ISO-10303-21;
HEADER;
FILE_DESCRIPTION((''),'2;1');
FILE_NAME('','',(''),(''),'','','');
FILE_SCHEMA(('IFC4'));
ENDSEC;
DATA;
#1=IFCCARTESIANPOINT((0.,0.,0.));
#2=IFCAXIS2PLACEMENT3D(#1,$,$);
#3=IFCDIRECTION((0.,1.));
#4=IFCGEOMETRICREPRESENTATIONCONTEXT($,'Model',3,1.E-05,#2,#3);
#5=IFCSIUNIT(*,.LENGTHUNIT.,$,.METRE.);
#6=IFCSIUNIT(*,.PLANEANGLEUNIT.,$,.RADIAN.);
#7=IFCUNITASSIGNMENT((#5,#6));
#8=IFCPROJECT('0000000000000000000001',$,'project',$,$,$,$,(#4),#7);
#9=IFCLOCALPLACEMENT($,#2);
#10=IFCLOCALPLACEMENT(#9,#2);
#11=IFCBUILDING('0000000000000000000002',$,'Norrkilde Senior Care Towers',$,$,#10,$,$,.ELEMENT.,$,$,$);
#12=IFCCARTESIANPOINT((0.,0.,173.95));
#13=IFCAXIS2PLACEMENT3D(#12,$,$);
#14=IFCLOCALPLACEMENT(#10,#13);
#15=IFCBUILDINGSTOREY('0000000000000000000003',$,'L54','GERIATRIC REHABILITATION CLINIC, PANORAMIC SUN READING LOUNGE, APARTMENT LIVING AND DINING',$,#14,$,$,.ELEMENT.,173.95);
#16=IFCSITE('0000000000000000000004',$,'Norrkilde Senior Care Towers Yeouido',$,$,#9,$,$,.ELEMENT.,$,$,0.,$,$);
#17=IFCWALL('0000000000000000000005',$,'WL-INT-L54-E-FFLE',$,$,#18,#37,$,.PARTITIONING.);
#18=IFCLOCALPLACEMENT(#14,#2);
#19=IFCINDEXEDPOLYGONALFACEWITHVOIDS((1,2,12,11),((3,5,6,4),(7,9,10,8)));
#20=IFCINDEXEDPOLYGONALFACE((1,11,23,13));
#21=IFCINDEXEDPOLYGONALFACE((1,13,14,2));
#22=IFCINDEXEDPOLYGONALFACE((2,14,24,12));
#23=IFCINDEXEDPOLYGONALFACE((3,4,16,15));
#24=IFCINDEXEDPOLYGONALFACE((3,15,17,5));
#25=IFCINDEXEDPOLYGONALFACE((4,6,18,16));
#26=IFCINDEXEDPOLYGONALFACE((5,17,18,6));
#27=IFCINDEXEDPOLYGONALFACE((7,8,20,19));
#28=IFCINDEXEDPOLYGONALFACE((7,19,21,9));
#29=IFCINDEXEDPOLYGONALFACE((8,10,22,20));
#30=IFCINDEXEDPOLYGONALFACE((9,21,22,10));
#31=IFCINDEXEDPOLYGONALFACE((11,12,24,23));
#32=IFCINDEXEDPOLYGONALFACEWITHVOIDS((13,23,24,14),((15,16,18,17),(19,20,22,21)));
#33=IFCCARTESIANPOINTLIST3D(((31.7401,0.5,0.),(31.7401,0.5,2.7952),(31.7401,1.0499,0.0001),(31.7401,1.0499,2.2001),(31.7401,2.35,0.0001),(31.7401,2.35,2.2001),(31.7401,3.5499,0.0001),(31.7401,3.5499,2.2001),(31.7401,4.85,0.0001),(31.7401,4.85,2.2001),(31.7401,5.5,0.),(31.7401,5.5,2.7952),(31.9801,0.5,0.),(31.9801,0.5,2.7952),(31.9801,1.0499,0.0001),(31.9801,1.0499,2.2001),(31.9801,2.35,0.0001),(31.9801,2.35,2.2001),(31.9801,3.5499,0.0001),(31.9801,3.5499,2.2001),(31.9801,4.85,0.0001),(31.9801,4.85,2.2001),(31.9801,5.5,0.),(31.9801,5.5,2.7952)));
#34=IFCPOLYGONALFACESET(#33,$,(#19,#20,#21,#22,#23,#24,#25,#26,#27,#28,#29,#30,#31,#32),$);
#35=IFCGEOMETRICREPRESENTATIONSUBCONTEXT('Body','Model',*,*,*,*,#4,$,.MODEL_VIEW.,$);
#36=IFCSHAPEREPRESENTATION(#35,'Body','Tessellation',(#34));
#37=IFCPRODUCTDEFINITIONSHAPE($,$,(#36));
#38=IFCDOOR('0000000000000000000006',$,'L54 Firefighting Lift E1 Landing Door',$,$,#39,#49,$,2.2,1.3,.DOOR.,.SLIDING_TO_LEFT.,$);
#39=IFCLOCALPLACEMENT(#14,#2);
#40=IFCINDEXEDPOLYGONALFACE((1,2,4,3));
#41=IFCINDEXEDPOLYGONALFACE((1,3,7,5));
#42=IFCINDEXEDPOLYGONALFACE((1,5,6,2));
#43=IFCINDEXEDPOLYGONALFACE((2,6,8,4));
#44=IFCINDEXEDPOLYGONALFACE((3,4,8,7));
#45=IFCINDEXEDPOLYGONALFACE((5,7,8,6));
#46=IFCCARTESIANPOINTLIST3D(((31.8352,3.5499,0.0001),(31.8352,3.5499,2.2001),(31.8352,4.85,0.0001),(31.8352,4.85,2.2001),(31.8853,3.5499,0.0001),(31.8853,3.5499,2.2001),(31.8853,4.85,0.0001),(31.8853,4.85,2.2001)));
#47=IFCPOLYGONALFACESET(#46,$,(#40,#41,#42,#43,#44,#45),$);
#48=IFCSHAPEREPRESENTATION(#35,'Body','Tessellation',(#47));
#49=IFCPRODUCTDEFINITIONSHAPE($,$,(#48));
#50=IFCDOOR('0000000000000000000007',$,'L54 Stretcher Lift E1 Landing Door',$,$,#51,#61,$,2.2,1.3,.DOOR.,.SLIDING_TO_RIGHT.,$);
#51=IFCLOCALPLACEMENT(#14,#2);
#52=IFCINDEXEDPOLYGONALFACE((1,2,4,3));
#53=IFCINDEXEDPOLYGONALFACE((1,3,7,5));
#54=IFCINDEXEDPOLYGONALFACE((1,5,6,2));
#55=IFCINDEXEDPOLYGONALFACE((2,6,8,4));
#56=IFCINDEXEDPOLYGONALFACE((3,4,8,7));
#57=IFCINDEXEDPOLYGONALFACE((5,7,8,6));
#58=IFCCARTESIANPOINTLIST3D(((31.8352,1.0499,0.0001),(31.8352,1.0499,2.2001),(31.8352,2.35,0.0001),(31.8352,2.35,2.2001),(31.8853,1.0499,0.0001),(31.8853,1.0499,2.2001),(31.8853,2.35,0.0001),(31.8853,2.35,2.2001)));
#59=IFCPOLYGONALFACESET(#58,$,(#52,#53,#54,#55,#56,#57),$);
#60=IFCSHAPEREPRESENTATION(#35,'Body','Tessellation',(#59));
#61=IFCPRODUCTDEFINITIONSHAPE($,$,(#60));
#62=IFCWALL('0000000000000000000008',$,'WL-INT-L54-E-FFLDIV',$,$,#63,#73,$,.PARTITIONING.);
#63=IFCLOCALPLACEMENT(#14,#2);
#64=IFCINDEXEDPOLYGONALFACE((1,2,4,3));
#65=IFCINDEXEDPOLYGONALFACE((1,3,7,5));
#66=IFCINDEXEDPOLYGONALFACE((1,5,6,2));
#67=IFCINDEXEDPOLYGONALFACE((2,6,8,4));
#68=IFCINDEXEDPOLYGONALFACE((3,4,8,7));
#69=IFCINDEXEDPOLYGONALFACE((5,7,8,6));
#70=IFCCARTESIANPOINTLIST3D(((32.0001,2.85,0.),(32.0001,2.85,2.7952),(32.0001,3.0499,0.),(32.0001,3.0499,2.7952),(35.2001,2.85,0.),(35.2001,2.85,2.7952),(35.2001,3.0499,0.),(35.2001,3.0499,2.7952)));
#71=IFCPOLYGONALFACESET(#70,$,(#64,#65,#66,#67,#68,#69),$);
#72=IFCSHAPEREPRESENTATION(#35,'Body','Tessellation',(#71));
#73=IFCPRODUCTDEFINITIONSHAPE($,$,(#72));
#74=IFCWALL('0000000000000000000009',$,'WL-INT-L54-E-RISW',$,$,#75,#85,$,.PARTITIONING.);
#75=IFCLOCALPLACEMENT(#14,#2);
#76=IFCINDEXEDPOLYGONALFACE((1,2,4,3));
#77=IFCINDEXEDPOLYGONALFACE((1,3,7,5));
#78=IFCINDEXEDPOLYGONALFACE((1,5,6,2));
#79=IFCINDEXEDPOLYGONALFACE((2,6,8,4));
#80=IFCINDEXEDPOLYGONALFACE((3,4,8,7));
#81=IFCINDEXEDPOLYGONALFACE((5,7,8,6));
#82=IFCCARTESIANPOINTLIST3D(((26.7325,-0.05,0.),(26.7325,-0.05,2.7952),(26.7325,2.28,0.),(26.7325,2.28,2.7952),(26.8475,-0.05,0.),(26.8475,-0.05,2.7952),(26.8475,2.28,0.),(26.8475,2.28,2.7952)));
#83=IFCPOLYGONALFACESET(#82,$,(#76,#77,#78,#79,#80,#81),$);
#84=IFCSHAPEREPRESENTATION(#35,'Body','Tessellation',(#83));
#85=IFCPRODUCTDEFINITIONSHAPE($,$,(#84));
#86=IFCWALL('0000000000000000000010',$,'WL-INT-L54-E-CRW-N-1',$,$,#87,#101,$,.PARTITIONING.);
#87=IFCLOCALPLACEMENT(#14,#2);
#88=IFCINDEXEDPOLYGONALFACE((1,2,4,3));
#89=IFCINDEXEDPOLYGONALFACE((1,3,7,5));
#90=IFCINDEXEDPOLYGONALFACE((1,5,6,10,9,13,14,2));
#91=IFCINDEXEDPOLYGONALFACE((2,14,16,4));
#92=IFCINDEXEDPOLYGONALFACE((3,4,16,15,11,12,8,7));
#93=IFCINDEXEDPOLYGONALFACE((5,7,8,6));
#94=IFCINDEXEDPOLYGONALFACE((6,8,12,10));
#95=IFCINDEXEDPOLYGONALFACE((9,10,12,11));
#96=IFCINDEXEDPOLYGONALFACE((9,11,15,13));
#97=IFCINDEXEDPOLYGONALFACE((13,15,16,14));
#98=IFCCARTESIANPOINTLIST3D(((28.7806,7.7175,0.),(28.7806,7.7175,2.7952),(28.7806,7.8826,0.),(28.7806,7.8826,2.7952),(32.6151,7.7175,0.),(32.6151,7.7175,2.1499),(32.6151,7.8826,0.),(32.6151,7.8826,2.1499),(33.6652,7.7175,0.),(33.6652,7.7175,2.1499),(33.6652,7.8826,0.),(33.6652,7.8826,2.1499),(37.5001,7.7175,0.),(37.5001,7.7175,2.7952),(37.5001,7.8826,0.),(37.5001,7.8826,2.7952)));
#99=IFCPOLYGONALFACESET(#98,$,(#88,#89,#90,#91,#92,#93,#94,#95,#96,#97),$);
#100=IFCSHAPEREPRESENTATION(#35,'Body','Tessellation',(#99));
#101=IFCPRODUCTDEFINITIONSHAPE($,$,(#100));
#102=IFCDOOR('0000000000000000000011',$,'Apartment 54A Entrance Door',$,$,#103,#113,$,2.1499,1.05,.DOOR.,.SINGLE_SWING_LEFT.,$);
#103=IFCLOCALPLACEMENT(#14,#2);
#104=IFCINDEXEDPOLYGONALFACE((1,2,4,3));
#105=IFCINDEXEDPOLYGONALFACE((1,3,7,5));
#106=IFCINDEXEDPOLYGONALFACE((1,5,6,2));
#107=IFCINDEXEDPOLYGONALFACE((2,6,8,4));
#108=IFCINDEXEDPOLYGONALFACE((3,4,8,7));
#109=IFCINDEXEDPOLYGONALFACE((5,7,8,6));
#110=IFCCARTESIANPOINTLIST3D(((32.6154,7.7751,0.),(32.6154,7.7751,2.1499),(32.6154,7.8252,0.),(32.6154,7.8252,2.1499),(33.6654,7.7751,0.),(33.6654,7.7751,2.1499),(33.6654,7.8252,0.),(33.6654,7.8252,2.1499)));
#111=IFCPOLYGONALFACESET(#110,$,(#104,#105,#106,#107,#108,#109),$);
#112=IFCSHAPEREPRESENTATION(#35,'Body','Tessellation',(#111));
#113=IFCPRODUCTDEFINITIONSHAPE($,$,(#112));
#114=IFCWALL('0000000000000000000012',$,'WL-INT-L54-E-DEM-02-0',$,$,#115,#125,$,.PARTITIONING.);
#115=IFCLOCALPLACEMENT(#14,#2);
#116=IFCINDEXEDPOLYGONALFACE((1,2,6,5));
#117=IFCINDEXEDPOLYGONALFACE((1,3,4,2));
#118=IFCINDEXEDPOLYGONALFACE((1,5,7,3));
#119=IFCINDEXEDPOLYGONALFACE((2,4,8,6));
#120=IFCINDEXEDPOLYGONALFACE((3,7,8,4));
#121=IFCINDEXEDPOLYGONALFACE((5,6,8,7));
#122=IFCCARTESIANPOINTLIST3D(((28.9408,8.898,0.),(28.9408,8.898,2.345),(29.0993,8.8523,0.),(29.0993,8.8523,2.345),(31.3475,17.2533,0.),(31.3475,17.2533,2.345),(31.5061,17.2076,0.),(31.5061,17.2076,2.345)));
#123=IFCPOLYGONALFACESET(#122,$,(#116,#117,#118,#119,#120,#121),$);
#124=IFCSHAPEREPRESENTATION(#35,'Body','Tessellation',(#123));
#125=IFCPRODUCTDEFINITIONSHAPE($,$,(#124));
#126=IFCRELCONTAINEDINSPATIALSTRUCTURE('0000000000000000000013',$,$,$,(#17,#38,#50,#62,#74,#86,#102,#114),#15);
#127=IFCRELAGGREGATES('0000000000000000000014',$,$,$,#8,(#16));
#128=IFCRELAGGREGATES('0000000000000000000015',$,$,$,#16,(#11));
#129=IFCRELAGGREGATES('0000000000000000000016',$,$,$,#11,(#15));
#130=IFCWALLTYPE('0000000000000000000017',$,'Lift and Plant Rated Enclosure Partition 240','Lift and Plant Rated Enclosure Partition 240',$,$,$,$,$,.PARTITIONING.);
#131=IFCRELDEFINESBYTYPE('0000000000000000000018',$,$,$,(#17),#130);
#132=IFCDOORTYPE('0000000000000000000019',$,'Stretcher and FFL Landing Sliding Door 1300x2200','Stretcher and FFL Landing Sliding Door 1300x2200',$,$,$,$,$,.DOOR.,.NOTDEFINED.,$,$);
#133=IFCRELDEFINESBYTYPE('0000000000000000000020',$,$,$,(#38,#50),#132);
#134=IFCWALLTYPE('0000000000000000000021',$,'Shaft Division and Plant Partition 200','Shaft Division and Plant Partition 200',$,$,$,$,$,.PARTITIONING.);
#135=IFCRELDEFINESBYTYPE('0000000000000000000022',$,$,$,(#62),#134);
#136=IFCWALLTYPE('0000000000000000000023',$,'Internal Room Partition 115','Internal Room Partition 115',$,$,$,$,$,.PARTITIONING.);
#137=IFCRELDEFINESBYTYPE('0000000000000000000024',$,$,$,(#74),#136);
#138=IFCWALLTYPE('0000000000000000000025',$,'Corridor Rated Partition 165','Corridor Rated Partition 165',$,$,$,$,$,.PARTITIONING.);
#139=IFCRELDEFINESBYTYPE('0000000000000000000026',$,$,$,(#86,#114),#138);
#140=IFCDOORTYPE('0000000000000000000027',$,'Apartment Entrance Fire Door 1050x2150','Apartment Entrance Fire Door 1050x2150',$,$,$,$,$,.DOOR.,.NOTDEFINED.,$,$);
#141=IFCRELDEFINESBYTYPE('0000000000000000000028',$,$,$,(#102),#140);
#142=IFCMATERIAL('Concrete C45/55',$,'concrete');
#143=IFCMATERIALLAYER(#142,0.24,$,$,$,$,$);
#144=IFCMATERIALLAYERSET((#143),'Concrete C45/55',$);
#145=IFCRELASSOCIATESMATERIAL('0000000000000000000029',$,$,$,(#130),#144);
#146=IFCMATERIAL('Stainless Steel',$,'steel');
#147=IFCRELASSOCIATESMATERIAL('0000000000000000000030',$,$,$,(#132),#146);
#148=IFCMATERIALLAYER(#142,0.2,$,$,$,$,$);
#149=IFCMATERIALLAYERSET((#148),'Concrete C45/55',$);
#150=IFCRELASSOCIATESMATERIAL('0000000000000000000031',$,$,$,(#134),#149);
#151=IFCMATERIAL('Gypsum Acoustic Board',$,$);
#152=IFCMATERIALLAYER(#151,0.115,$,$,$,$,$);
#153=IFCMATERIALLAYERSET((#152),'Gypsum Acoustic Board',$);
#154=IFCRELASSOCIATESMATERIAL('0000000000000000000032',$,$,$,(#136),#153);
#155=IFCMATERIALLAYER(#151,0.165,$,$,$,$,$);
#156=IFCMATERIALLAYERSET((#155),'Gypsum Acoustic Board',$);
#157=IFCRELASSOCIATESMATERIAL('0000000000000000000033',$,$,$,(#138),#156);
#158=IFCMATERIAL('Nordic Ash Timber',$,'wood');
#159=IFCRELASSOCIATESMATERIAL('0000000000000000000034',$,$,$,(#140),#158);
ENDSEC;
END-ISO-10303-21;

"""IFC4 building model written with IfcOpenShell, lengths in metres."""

from ifc_helpers import new_model, si_unit, direction, frame, frame_2d, origin, place, context, subcontext, project, spatial, rectangle, extrude, source, transform, mapped, material, layer, layer_set, type_object, type_shapes, element, fill, save


model = new_model("IFC4")

# Units and contexts
model_context = context("Model", 3, precision=1e-05, world=origin(), true_north=direction((0.0, 1.0)))
body_context = subcontext(model_context, "Body", "Model", "MODEL_VIEW")
ifc_project = project(units=[si_unit("LENGTHUNIT", "METRE"), si_unit("PLANEANGLEUNIT", "RADIAN")], contexts=[model_context])

# Site, building, storey
site_placement = place(None, origin())
site = spatial("IfcSite", under=ifc_project, at=site_placement, Name="Norrkilde Senior Care Towers Yeouido", CompositionType="ELEMENT", RefElevation=0.0)
building_placement = place(site_placement, origin())
building = spatial("IfcBuilding", under=site, at=building_placement, Name="Norrkilde Senior Care Towers", CompositionType="ELEMENT")
storey_placement = place(building_placement, frame((0.0, 0.0, 173.95)))
storey = spatial("IfcBuildingStorey", under=building, at=storey_placement, Name="L54", Description="GERIATRIC REHABILITATION CLINIC, PANORAMIC SUN READING LOUNGE, APARTMENT LIVING AND DINING", CompositionType="ELEMENT", Elevation=173.95)

# Shared definitions
ifc_material_1 = material(Name="Concrete C45/55", Category="concrete")

# Wall, openings, doors
ifc_layer_1 = layer(ifc_material_1, 0.24)
ifc_layer_set_1 = layer_set([ifc_layer_1], Name="Concrete C45/55")
wall_type_1 = type_object("IfcWallType", Name="Lift and Plant Rated Enclosure Partition 240", Description="Lift and Plant Rated Enclosure Partition 240", PredefinedType="PARTITIONING", material=ifc_layer_set_1)
shared_shape_1 = source(origin(), body_context, "Body", "SweptSolid", [
    extrude(rectangle(XDim=5.0, YDim=0.24, at=frame_2d((2.5, 0.0))), origin(), (0.0, 0.0, 1.0), 2.7952),
])
type_shapes(wall_type_1, [shared_shape_1])
wall_1_placement = place(storey_placement, frame((31.8601, 0.5, 0.0), z_axis=(0.0, 0.0, 1.0), x_axis=(0.0, 1.0, 0.0)))
wall_1 = element("IfcWall", 1, at=wall_1_placement, inside=storey, type_object=wall_type_1, Name="WL-INT-L54-E-FFLE", PredefinedType="PARTITIONING", context=body_context, shape_type="MappedRepresentation", body=[
    mapped(shared_shape_1, transform((0.0, 0.0, 0.0), x_axis=(1.0, 0.0, 0.0), y_axis=(0.0, 1.0, 0.0), z_axis=(0.0, 0.0, 1.0), scale=1.0)),
])
opening_1_placement = place(wall_1_placement, frame((3.05, 0.0, 0.0)))
opening_1 = element("IfcOpeningElement", 2, at=opening_1_placement, cuts=wall_1, PredefinedType="OPENING", context=body_context, shape_type="SweptSolid", body=[
    extrude(rectangle(XDim=1.3, YDim=2.2, at=frame_2d((0.6499, 1.1001))), frame((0.0, 0.1299, 0.0), z_axis=(0.0, -1.0, 0.0), x_axis=(1.0, 0.0, 0.0)), (0.0, 0.0, 1.0), 0.26),
])
opening_2_placement = place(wall_1_placement, frame((0.55, 0.0, 0.0)))
opening_2 = element("IfcOpeningElement", 3, at=opening_2_placement, cuts=wall_1, PredefinedType="OPENING", context=body_context, shape_type="SweptSolid", body=[
    extrude(rectangle(XDim=1.3, YDim=2.2, at=frame_2d((0.6499, 1.1001))), frame((0.0, 0.1299, 0.0), z_axis=(0.0, -1.0, 0.0), x_axis=(1.0, 0.0, 0.0)), (0.0, 0.0, 1.0), 0.26),
])
ifc_material_2 = material(Name="Stainless Steel", Category="steel")
door_type_1 = type_object("IfcDoorType", Name="Stretcher and FFL Landing Sliding Door 1300x2200", Description="Stretcher and FFL Landing Sliding Door 1300x2200", OperationType="NOTDEFINED", PredefinedType="DOOR", material=ifc_material_2)
shared_shape_2 = source(origin(), body_context, "Body", "SweptSolid", [
    extrude(rectangle(XDim=1.3, YDim=2.2, at=frame_2d((0.6499, 1.1001))), frame((0.0, 0.0249, 0.0), z_axis=(0.0, -1.0, 0.0), x_axis=(1.0, 0.0, 0.0)), (0.0, 0.0, 1.0), 0.05),
])
type_shapes(door_type_1, [shared_shape_2])
door_1_placement = place(opening_1_placement, origin())
door_1 = element("IfcDoor", 4, at=door_1_placement, inside=storey, type_object=door_type_1, Name="L54 Firefighting Lift E1 Landing Door", OperationType="SLIDING_TO_LEFT", OverallHeight=2.2, OverallWidth=1.3, PredefinedType="DOOR", context=body_context, shape_type="MappedRepresentation", body=[
    mapped(shared_shape_2, transform((0.0, 0.0, 0.0), x_axis=(1.0, 0.0, 0.0), y_axis=(0.0, 1.0, 0.0), z_axis=(0.0, 0.0, 1.0), scale=1.0)),
])
fill(opening_1, door_1)
door_2_placement = place(opening_2_placement, origin())
door_2 = element("IfcDoor", 5, at=door_2_placement, inside=storey, type_object=door_type_1, Name="L54 Stretcher Lift E1 Landing Door", OperationType="SLIDING_TO_RIGHT", OverallHeight=2.2, OverallWidth=1.3, PredefinedType="DOOR", context=body_context, shape_type="MappedRepresentation", body=[
    mapped(shared_shape_2, transform((0.0, 0.0, 0.0), x_axis=(1.0, 0.0, 0.0), y_axis=(0.0, 1.0, 0.0), z_axis=(0.0, 0.0, 1.0), scale=1.0)),
])
fill(opening_2, door_2)

# Wall
ifc_layer_2 = layer(ifc_material_1, 0.2)
ifc_layer_set_2 = layer_set([ifc_layer_2], Name="Concrete C45/55")
wall_type_2 = type_object("IfcWallType", Name="Shaft Division and Plant Partition 200", Description="Shaft Division and Plant Partition 200", PredefinedType="PARTITIONING", material=ifc_layer_set_2)
shared_shape_3 = source(origin(), body_context, "Body", "SweptSolid", [
    extrude(rectangle(XDim=3.2, YDim=0.2, at=frame_2d((1.6001, 0.0))), origin(), (0.0, 0.0, 1.0), 2.7952),
])
type_shapes(wall_type_2, [shared_shape_3])
wall_2_placement = place(storey_placement, frame((32.0, 2.95, 0.0), z_axis=(0.0, 0.0, 1.0), x_axis=(1.0, 0.0, 0.0)))
element("IfcWall", 6, at=wall_2_placement, inside=storey, type_object=wall_type_2, Name="WL-INT-L54-E-FFLDIV", PredefinedType="PARTITIONING", context=body_context, shape_type="MappedRepresentation", body=[
    mapped(shared_shape_3, transform((0.0, 0.0, 0.0), x_axis=(1.0, 0.0, 0.0), y_axis=(0.0, 1.0, 0.0), z_axis=(0.0, 0.0, 1.0), scale=1.0)),
])

# Wall
ifc_material_3 = material(Name="Gypsum Acoustic Board")
ifc_layer_3 = layer(ifc_material_3, 0.115)
ifc_layer_set_3 = layer_set([ifc_layer_3], Name="Gypsum Acoustic Board")
wall_type_3 = type_object("IfcWallType", Name="Internal Room Partition 115", Description="Internal Room Partition 115", PredefinedType="PARTITIONING", material=ifc_layer_set_3)
shared_shape_4 = source(origin(), body_context, "Body", "SweptSolid", [
    extrude(rectangle(XDim=2.3301, YDim=0.115, at=frame_2d((1.165, 0.0))), origin(), (0.0, 0.0, 1.0), 2.7952),
])
type_shapes(wall_type_3, [shared_shape_4])
wall_3_placement = place(storey_placement, frame((26.79, -0.05, 0.0), z_axis=(0.0, 0.0, 1.0), x_axis=(0.0, 1.0, 0.0)))
element("IfcWall", 7, at=wall_3_placement, inside=storey, type_object=wall_type_3, Name="WL-INT-L54-E-RISW", PredefinedType="PARTITIONING", context=body_context, shape_type="MappedRepresentation", body=[
    mapped(shared_shape_4, transform((0.0, 0.0, 0.0), x_axis=(1.0, 0.0, 0.0), y_axis=(0.0, 1.0, 0.0), z_axis=(0.0, 0.0, 1.0), scale=1.0)),
])

# Wall, opening, door
ifc_layer_4 = layer(ifc_material_3, 0.165)
ifc_layer_set_4 = layer_set([ifc_layer_4], Name="Gypsum Acoustic Board")
wall_type_4 = type_object("IfcWallType", Name="Corridor Rated Partition 165", Description="Corridor Rated Partition 165", PredefinedType="PARTITIONING", material=ifc_layer_set_4)
shared_shape_5 = source(origin(), body_context, "Body", "SweptSolid", [
    extrude(rectangle(XDim=8.7195, YDim=0.165, at=frame_2d((4.3599, 0.0))), origin(), (0.0, 0.0, 1.0), 2.7952),
])
wall_4_placement = place(storey_placement, frame((28.7805, 7.8, 0.0), z_axis=(0.0, 0.0, 1.0), x_axis=(1.0, 0.0, 0.0)))
wall_4 = element("IfcWall", 8, at=wall_4_placement, inside=storey, type_object=wall_type_4, Name="WL-INT-L54-E-CRW-N-1", PredefinedType="PARTITIONING", context=body_context, shape_type="MappedRepresentation", body=[
    mapped(shared_shape_5, transform((0.0, 0.0, 0.0), x_axis=(1.0, 0.0, 0.0), y_axis=(0.0, 1.0, 0.0), z_axis=(0.0, 0.0, 1.0), scale=1.0)),
])
opening_3_placement = place(wall_4_placement, frame((3.8347, 0.0, 0.0)))
opening_3 = element("IfcOpeningElement", 9, at=opening_3_placement, cuts=wall_4, PredefinedType="OPENING", context=body_context, shape_type="SweptSolid", body=[
    extrude(rectangle(XDim=1.05, YDim=2.1499, at=frame_2d((0.5249, 1.075))), frame((0.0, 0.0925, 0.0), z_axis=(0.0, -1.0, 0.0), x_axis=(1.0, 0.0, 0.0)), (0.0, 0.0, 1.0), 0.1851),
])
ifc_material_4 = material(Name="Nordic Ash Timber", Category="wood")
door_type_2 = type_object("IfcDoorType", Name="Apartment Entrance Fire Door 1050x2150", Description="Apartment Entrance Fire Door 1050x2150", OperationType="NOTDEFINED", PredefinedType="DOOR", material=ifc_material_4)
shared_shape_6 = source(origin(), body_context, "Body", "SweptSolid", [
    extrude(rectangle(XDim=1.05, YDim=2.1499, at=frame_2d((0.5249, 1.075))), frame((0.0, 0.0249, 0.0), z_axis=(0.0, -1.0, 0.0), x_axis=(1.0, 0.0, 0.0)), (0.0, 0.0, 1.0), 0.05),
])
type_shapes(door_type_2, [shared_shape_6])
door_3_placement = place(opening_3_placement, frame((1.05, 0.0, 0.0), z_axis=(0.0, 0.0, 1.0), x_axis=(-1.0, 0.0, 0.0)))
door_3 = element("IfcDoor", 10, at=door_3_placement, inside=storey, type_object=door_type_2, Name="Apartment 54A Entrance Door", OperationType="SINGLE_SWING_LEFT", OverallHeight=2.1499, OverallWidth=1.05, PredefinedType="DOOR", context=body_context, shape_type="MappedRepresentation", body=[
    mapped(shared_shape_6, transform((0.0, 0.0, 0.0), x_axis=(1.0, 0.0, 0.0), y_axis=(0.0, 1.0, 0.0), z_axis=(0.0, 0.0, 1.0), scale=1.0)),
])
fill(opening_3, door_3)

# Wall
shared_shape_7 = source(origin(), body_context, "Body", "SweptSolid", [
    extrude(rectangle(XDim=8.6951, YDim=0.165, at=frame_2d((4.3477, 0.0))), origin(), (0.0, 0.0, 1.0), 2.345),
])
wall_5_placement = place(storey_placement, frame((29.02, 8.875, 0.0), z_axis=(0.0, 0.0, 1.0), x_axis=(0.276797, 0.960928, 0.0)))
element("IfcWall", 11, at=wall_5_placement, inside=storey, type_object=wall_type_4, Name="WL-INT-L54-E-DEM-02-0", PredefinedType="PARTITIONING", context=body_context, shape_type="MappedRepresentation", body=[
    mapped(shared_shape_7, transform((0.0, 0.0, 0.0), x_axis=(1.0, 0.0, 0.0), y_axis=(0.0, 1.0, 0.0), z_axis=(0.0, 0.0, 1.0), scale=1.0)),
])

save(model, "model.ifc")
